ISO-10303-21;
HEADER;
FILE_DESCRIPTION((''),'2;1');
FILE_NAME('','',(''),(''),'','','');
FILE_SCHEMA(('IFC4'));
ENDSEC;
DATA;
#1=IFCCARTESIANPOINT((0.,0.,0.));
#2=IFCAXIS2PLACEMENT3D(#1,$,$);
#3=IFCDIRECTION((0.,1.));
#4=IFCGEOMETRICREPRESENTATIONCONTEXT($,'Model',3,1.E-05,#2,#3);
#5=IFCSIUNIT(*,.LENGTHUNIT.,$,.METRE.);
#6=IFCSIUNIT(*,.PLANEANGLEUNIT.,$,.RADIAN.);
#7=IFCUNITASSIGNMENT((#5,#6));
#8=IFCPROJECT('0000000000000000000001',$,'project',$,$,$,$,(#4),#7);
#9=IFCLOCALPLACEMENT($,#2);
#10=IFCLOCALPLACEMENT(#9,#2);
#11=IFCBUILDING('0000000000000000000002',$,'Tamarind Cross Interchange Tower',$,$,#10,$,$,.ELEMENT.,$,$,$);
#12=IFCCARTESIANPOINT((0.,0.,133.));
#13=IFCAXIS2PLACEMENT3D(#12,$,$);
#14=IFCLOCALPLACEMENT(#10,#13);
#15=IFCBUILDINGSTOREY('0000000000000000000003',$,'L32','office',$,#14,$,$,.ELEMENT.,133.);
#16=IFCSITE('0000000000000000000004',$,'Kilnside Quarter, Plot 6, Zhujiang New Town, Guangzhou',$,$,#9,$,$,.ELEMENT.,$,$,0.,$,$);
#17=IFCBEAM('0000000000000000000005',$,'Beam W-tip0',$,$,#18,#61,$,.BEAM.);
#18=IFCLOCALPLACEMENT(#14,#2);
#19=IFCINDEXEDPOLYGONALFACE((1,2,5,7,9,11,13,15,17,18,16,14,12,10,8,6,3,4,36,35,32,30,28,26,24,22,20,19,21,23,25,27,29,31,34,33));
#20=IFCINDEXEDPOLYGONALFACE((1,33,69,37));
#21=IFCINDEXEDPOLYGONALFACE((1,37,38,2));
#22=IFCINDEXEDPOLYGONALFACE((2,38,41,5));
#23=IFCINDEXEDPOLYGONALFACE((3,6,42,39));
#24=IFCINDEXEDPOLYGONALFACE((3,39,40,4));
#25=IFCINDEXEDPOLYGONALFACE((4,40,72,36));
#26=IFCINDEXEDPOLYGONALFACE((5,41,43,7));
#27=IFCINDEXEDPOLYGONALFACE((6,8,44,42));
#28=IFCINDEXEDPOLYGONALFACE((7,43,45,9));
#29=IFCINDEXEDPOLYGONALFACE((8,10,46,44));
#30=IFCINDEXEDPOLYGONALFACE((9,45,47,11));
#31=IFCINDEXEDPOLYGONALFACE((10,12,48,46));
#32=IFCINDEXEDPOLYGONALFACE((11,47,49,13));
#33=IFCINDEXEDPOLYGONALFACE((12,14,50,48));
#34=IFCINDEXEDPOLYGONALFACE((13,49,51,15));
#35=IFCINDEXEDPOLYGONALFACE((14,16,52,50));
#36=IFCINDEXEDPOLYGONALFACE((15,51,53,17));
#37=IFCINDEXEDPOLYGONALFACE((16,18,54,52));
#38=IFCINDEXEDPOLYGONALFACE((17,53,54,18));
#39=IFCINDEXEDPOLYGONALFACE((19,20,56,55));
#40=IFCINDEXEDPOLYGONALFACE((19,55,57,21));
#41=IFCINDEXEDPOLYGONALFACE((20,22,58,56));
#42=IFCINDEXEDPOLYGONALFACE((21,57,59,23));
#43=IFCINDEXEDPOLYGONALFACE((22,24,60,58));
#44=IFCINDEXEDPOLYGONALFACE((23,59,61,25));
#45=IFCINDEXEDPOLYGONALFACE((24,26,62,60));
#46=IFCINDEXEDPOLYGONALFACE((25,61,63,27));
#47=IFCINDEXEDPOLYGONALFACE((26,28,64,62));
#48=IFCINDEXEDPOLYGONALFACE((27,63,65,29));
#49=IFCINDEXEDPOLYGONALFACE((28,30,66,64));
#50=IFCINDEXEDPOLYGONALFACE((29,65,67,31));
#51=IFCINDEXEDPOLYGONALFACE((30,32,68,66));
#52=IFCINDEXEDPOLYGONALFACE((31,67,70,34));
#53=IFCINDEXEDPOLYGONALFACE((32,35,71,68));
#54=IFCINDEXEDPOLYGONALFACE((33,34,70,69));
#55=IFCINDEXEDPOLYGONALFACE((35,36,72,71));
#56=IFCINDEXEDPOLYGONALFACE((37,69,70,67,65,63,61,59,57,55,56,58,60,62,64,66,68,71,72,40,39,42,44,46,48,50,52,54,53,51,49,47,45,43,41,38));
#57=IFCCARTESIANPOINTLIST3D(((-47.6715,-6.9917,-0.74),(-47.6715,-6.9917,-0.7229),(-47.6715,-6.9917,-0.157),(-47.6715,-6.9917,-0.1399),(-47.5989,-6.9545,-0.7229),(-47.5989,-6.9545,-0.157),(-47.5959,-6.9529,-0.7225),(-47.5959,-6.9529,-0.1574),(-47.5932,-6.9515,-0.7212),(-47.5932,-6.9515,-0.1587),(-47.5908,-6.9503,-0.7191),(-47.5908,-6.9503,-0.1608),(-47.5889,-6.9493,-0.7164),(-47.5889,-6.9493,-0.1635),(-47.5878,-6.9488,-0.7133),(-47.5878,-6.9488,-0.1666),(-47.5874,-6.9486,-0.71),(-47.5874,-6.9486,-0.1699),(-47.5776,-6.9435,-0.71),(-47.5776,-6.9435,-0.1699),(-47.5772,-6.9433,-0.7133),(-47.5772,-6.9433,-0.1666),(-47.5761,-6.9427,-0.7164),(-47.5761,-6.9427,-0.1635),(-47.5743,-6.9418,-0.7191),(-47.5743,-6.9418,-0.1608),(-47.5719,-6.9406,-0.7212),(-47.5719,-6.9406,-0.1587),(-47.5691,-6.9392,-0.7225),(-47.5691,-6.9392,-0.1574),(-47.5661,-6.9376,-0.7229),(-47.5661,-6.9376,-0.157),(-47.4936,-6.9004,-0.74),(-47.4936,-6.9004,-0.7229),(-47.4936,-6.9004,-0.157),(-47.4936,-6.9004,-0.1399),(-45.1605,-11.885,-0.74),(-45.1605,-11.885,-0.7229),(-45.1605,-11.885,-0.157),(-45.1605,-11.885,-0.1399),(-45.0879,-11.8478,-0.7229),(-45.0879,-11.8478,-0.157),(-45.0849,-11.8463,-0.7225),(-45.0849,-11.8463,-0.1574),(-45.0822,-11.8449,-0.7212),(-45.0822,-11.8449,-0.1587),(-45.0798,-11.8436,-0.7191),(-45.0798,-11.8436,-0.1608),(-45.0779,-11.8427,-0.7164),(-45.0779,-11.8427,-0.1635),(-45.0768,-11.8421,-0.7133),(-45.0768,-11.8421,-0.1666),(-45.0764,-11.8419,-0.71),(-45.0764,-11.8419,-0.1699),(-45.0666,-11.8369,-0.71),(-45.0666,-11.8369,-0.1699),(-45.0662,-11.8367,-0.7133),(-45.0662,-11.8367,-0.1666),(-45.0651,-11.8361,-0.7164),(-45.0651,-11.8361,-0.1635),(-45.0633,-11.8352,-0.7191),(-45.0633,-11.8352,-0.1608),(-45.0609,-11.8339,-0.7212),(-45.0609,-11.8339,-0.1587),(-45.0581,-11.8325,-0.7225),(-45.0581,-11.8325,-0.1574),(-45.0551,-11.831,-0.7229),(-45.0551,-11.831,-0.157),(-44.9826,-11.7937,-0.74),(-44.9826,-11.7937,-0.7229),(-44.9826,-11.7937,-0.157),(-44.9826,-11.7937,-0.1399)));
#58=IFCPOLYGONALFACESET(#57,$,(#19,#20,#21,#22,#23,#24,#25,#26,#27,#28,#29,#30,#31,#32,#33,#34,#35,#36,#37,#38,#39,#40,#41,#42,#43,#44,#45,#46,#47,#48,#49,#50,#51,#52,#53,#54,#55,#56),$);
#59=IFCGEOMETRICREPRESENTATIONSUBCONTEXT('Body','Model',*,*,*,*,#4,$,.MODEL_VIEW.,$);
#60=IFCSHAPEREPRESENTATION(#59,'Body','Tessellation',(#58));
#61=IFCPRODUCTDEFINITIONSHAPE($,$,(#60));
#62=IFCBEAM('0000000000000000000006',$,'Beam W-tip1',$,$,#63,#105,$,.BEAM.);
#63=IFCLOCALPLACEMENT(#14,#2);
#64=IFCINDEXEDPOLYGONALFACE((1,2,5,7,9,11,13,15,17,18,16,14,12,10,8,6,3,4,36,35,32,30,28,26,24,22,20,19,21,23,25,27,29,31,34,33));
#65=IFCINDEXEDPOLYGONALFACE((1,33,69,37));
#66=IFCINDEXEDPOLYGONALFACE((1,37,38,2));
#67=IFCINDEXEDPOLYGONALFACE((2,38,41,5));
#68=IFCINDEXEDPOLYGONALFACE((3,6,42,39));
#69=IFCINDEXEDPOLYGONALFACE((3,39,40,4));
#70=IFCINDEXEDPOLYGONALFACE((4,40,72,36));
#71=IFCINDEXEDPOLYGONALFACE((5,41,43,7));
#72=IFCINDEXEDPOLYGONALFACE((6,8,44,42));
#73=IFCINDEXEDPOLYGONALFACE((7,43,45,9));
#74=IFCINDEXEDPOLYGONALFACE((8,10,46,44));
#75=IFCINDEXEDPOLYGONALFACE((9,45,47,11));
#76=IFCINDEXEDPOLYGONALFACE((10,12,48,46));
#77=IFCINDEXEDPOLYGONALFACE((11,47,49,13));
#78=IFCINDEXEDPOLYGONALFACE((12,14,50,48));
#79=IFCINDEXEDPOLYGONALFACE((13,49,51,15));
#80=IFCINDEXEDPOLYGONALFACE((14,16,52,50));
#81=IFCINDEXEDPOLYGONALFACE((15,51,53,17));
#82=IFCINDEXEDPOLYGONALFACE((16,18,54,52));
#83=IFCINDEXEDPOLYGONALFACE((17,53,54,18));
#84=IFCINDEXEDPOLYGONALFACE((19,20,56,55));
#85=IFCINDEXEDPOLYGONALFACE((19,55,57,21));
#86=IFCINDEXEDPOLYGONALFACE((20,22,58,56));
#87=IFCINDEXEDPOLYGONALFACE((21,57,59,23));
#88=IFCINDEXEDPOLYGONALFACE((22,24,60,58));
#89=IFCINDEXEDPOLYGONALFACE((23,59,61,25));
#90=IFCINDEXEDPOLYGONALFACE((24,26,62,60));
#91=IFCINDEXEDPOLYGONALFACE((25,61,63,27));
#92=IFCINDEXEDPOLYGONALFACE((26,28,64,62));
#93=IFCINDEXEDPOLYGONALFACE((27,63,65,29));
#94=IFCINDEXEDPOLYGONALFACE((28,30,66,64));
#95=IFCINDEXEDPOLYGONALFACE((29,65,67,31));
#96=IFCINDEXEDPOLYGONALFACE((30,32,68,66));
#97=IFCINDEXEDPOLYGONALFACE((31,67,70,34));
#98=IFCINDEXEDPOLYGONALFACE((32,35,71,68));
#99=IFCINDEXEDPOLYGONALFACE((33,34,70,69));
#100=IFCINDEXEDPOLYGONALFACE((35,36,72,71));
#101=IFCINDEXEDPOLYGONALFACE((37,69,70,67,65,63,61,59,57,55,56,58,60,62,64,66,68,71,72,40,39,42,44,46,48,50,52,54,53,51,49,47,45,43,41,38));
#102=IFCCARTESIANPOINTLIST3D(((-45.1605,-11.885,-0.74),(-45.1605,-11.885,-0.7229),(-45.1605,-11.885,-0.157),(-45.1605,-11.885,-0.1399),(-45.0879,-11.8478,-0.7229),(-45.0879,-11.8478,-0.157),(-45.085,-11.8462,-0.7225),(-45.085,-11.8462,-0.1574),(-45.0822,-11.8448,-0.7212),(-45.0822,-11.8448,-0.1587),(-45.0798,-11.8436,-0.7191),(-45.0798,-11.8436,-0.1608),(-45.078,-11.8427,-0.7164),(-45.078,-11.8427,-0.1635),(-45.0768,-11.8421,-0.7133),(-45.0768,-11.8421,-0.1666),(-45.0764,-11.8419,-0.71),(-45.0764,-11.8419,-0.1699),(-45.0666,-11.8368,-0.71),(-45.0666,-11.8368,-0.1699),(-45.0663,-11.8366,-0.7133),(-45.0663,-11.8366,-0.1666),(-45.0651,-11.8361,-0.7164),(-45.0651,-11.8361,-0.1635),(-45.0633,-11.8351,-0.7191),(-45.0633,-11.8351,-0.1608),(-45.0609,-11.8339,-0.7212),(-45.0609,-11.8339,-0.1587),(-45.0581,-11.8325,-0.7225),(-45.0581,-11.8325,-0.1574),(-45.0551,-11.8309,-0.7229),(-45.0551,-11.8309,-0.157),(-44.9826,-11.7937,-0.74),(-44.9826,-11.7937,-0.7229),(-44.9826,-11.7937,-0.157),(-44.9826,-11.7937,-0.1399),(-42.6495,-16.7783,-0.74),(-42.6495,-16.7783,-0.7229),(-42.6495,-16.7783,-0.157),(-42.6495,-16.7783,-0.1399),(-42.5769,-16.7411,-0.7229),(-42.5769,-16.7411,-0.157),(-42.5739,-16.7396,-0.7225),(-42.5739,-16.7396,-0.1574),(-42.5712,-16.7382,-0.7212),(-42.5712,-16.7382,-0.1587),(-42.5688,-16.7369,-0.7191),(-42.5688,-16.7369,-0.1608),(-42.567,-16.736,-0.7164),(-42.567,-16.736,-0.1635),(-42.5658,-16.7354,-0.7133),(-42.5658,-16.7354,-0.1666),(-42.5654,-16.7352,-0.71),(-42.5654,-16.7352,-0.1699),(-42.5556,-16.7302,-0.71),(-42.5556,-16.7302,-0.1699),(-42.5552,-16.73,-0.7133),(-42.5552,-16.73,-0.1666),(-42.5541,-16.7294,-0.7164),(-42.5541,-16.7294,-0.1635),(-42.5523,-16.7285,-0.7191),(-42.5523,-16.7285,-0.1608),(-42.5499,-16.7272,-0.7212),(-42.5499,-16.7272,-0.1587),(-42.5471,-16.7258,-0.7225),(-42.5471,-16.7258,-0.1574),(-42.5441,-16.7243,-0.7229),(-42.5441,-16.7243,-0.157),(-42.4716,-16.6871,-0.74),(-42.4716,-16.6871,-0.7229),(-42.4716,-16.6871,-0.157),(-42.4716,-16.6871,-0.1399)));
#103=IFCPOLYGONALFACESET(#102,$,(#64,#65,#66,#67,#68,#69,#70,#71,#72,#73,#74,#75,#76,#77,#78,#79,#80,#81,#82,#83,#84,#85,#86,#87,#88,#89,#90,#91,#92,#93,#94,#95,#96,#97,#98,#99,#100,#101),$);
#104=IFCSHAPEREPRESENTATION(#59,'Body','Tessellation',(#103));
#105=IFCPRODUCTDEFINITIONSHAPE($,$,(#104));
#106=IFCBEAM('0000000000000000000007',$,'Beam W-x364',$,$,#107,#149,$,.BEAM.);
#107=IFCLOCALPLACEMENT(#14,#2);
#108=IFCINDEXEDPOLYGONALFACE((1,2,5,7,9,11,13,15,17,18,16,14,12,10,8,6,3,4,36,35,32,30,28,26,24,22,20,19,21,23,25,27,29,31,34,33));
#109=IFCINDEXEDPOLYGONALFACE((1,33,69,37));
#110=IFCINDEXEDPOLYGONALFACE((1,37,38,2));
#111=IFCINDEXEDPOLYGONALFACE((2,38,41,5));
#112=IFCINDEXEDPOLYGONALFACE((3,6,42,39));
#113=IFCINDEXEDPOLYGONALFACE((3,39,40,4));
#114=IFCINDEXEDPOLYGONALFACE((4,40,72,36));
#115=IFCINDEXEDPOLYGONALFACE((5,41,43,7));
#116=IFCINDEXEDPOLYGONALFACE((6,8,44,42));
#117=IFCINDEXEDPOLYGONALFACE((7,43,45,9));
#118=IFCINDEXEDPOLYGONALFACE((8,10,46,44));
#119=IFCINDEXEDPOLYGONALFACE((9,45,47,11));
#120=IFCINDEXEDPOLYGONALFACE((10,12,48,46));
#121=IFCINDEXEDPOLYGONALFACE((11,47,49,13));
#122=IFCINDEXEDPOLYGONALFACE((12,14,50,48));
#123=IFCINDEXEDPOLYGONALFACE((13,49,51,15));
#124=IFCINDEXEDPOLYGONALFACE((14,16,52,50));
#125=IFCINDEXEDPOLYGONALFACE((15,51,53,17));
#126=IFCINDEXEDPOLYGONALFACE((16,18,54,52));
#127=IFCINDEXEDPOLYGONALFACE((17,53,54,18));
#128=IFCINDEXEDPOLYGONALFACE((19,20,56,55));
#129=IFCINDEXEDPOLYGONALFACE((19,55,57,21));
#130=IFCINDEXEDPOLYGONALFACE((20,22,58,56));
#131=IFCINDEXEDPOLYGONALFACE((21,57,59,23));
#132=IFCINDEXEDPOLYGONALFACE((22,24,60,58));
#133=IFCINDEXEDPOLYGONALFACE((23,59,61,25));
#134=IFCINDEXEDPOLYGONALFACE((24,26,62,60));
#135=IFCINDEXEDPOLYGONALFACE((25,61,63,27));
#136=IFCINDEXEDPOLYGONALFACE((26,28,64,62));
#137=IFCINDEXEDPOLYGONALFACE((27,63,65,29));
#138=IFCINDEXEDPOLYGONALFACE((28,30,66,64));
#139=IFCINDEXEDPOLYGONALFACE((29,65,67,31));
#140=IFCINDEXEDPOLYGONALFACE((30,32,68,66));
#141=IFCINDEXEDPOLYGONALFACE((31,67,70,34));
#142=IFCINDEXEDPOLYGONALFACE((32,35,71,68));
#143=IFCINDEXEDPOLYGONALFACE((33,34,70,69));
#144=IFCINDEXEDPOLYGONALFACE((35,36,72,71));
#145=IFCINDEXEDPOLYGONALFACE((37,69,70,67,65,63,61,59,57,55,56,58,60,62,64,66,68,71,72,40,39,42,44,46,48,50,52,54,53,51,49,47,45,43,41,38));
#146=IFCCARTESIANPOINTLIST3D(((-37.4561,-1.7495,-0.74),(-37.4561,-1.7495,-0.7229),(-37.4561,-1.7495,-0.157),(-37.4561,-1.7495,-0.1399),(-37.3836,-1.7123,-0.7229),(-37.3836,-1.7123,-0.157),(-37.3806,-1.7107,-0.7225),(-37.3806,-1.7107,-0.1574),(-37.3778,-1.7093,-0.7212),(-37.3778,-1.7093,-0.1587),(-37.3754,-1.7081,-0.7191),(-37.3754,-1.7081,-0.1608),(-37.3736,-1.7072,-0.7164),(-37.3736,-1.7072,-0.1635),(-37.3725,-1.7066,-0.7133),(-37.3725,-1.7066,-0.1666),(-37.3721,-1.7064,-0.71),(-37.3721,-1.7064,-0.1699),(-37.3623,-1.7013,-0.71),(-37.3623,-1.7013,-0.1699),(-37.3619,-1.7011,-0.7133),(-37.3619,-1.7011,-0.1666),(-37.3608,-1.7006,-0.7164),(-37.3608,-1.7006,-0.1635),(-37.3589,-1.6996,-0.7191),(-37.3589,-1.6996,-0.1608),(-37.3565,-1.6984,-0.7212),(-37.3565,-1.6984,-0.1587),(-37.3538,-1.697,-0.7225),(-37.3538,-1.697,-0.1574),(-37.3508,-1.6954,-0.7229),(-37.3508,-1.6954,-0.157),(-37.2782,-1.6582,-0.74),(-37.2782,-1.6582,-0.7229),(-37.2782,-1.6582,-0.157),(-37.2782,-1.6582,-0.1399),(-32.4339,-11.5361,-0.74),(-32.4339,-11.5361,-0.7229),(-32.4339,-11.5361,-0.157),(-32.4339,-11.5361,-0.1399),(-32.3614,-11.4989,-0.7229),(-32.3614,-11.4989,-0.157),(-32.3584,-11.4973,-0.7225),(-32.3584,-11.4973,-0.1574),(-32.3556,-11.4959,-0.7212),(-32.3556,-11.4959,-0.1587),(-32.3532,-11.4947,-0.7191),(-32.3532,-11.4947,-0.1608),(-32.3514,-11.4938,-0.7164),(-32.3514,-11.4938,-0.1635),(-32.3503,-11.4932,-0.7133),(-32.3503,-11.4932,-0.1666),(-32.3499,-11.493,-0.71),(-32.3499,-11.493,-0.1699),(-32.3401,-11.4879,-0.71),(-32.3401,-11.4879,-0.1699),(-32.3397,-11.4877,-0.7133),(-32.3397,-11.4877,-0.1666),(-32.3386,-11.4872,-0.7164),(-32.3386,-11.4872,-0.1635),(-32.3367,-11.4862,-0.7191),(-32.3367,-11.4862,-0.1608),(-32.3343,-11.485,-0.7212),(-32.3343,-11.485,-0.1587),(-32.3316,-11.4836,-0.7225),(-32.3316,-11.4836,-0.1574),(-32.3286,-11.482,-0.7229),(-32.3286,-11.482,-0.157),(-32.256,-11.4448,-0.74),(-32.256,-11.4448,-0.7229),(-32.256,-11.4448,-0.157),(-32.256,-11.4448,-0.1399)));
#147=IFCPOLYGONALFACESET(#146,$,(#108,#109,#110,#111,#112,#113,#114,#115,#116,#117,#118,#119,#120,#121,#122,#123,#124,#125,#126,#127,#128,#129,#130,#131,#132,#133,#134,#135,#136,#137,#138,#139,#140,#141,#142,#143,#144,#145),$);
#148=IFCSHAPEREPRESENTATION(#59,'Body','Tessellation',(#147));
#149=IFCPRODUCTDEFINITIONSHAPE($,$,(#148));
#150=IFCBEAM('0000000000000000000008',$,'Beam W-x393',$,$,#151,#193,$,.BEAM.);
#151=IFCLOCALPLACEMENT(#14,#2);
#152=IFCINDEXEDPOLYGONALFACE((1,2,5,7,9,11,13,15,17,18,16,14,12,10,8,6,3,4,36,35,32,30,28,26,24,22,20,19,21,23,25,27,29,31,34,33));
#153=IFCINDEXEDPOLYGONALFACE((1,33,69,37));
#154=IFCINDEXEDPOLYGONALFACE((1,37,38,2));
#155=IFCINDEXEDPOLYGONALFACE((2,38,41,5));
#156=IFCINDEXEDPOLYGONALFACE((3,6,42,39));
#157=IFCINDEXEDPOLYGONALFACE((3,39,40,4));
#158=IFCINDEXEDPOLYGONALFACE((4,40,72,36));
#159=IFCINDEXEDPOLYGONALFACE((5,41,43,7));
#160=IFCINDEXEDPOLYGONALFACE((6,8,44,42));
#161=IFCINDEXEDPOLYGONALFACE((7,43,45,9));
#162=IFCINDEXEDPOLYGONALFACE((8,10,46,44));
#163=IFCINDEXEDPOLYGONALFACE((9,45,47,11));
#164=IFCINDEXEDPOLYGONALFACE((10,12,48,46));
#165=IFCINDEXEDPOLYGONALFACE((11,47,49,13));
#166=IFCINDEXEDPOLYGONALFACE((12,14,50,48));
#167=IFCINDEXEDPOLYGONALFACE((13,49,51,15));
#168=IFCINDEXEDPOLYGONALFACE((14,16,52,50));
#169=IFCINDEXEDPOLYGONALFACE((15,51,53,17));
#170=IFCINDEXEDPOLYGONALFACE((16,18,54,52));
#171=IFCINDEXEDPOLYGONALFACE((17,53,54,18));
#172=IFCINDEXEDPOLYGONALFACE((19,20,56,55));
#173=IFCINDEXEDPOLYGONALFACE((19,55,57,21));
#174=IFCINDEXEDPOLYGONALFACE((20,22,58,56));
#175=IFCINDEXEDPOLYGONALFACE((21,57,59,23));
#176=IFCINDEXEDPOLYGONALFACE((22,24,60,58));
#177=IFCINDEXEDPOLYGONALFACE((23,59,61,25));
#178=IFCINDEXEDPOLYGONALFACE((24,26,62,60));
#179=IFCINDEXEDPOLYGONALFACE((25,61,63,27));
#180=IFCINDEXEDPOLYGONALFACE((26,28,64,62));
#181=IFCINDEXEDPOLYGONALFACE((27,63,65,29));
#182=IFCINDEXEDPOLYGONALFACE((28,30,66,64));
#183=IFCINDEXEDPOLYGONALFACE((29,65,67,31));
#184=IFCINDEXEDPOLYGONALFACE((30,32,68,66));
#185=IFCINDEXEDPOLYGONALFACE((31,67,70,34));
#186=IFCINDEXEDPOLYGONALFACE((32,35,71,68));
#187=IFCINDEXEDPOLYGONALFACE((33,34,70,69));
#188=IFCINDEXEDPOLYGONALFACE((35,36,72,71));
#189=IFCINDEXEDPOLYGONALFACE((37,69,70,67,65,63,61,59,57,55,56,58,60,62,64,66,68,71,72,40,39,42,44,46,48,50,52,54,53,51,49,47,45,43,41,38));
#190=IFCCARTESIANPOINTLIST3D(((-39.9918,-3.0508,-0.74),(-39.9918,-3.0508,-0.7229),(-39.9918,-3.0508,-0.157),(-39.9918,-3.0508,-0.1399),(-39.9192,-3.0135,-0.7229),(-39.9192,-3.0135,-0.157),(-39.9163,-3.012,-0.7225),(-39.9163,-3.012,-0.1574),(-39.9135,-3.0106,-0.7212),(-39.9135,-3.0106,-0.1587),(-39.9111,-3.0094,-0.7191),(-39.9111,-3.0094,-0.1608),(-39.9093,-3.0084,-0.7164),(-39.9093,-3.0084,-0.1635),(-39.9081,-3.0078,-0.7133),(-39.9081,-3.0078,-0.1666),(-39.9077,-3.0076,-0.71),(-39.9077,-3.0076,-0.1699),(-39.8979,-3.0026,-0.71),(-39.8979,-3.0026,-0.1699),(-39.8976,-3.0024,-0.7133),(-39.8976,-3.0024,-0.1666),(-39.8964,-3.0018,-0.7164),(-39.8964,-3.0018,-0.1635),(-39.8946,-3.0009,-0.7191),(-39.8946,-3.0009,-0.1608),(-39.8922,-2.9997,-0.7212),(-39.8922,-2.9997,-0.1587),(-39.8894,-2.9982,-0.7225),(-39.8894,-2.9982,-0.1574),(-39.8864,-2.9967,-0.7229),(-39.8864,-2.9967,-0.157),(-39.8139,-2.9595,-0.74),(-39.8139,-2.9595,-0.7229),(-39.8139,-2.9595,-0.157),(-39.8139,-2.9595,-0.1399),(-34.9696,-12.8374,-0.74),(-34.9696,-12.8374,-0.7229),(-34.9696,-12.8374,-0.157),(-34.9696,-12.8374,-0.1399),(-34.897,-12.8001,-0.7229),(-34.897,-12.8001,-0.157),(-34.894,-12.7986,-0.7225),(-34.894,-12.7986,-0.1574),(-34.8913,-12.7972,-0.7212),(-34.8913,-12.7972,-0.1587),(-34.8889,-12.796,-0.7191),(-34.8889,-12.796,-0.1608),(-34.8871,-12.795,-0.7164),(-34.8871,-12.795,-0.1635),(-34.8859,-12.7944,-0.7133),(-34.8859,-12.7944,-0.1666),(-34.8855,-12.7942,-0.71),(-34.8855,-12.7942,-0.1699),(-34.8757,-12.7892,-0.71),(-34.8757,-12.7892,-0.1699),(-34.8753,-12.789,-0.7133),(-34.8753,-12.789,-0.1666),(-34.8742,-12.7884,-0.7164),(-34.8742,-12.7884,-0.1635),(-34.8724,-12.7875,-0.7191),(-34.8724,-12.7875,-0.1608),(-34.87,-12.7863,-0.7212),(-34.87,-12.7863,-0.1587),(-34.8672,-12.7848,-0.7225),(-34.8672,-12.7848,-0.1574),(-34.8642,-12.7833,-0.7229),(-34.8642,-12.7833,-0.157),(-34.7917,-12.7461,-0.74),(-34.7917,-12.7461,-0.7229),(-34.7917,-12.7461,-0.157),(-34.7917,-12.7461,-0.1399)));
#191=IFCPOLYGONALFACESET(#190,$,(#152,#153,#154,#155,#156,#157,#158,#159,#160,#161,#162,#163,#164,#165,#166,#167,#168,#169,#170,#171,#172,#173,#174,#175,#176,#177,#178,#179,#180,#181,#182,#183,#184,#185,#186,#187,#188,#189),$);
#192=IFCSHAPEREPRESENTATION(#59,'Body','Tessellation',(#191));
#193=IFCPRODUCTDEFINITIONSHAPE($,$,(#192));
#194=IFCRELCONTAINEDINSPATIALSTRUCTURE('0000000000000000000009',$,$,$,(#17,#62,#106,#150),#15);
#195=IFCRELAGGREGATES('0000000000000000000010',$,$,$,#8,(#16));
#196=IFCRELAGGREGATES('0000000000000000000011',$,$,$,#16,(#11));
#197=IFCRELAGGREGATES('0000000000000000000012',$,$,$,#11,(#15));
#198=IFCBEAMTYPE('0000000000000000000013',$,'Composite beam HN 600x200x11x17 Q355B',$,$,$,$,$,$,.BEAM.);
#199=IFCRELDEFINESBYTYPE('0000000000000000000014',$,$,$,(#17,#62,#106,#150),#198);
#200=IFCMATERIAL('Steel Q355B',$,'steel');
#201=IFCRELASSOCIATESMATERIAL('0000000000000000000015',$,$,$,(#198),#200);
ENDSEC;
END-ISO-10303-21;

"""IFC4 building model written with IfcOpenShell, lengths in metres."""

from ifc_helpers import new_model, si_unit, direction, frame, origin, origin_2d, place, context, subcontext, project, spatial, i_section, extrude, material, material_profile, profile_set, type_object, element, save


model = new_model("IFC4")

# Units and contexts
model_context = context("Model", 3, precision=1e-05, world=origin(), true_north=direction((0.0, 1.0)))
body_context = subcontext(model_context, "Body", "Model", "MODEL_VIEW")
ifc_project = project(units=[si_unit("LENGTHUNIT", "METRE"), si_unit("PLANEANGLEUNIT", "RADIAN")], contexts=[model_context])

# Site, building, storey
site_placement = place(None, origin())
site = spatial("IfcSite", under=ifc_project, at=site_placement, Name="Kilnside Quarter, Plot 6, Zhujiang New Town, Guangzhou", CompositionType="ELEMENT", RefElevation=0.0)
building_placement = place(site_placement, origin())
building = spatial("IfcBuilding", under=site, at=building_placement, Name="Tamarind Cross Interchange Tower", CompositionType="ELEMENT")
storey_placement = place(building_placement, frame((0.0, 0.0, 133.0)))
storey = spatial("IfcBuildingStorey", under=building, at=storey_placement, Name="L32", Description="office", CompositionType="ELEMENT", Elevation=133.0)

# Beams
ifc_material_1 = material(Name="Steel Q355B", Category="steel")
ifc_material_profile_1 = material_profile(ifc_material_1, i_section(OverallWidth=0.2, OverallDepth=0.6001, WebThickness=0.011, FlangeThickness=0.0171, FilletRadius=0.0129, at=origin_2d()), Name="HN 600x200x11x17")
ifc_profile_set_1 = profile_set([ifc_material_profile_1], Name="Steel Q355B")
beam_type_1 = type_object("IfcBeamType", Name="Composite beam HN 600x200x11x17 Q355B", PredefinedType="BEAM", material=ifc_profile_set_1)
for number, where, z_axis, x_axis, name in (
    (1, (-47.5825, -6.946, -0.4399), (0.456546, -0.8897, 0.0), (0.8897, 0.456546, 0.0), "Beam W-tip0"),
    (2, (-45.0715, -11.8394, -0.4399), (0.456546, -0.8897, 0.0), (0.8897, 0.456546, 0.0), "Beam W-tip1"),
):
    element("IfcBeam", number, at=place(storey_placement, frame(where, z_axis=z_axis, x_axis=x_axis)), inside=storey, type_object=beam_type_1, Name=name, PredefinedType="BEAM", context=body_context, shape_type="SweptSolid", body=[
        extrude(i_section(OverallWidth=0.2, OverallDepth=0.6001, WebThickness=0.011, FlangeThickness=0.0171, FilletRadius=0.0129, at=origin_2d()), origin(), (0.0, 0.0, 1.0), 5.5),
    ])
for number, where, z_axis, x_axis, name in (
    (3, (-37.3672, -1.7039, -0.4399), (0.456564, -0.889691, 0.0), (0.889691, 0.456564, 0.0), "Beam W-x364"),
    (4, (-39.9028, -3.0051, -0.4399), (0.456564, -0.889691, 0.0), (0.889691, 0.456564, 0.0), "Beam W-x393"),
):
    element("IfcBeam", number, at=place(storey_placement, frame(where, z_axis=z_axis, x_axis=x_axis)), inside=storey, type_object=beam_type_1, Name=name, PredefinedType="BEAM", context=body_context, shape_type="SweptSolid", body=[
        extrude(i_section(OverallWidth=0.2, OverallDepth=0.6001, WebThickness=0.011, FlangeThickness=0.0171, FilletRadius=0.0129, at=origin_2d()), origin(), (0.0, 0.0, 1.0), 11.0),
    ])

save(model, "model.ifc")
